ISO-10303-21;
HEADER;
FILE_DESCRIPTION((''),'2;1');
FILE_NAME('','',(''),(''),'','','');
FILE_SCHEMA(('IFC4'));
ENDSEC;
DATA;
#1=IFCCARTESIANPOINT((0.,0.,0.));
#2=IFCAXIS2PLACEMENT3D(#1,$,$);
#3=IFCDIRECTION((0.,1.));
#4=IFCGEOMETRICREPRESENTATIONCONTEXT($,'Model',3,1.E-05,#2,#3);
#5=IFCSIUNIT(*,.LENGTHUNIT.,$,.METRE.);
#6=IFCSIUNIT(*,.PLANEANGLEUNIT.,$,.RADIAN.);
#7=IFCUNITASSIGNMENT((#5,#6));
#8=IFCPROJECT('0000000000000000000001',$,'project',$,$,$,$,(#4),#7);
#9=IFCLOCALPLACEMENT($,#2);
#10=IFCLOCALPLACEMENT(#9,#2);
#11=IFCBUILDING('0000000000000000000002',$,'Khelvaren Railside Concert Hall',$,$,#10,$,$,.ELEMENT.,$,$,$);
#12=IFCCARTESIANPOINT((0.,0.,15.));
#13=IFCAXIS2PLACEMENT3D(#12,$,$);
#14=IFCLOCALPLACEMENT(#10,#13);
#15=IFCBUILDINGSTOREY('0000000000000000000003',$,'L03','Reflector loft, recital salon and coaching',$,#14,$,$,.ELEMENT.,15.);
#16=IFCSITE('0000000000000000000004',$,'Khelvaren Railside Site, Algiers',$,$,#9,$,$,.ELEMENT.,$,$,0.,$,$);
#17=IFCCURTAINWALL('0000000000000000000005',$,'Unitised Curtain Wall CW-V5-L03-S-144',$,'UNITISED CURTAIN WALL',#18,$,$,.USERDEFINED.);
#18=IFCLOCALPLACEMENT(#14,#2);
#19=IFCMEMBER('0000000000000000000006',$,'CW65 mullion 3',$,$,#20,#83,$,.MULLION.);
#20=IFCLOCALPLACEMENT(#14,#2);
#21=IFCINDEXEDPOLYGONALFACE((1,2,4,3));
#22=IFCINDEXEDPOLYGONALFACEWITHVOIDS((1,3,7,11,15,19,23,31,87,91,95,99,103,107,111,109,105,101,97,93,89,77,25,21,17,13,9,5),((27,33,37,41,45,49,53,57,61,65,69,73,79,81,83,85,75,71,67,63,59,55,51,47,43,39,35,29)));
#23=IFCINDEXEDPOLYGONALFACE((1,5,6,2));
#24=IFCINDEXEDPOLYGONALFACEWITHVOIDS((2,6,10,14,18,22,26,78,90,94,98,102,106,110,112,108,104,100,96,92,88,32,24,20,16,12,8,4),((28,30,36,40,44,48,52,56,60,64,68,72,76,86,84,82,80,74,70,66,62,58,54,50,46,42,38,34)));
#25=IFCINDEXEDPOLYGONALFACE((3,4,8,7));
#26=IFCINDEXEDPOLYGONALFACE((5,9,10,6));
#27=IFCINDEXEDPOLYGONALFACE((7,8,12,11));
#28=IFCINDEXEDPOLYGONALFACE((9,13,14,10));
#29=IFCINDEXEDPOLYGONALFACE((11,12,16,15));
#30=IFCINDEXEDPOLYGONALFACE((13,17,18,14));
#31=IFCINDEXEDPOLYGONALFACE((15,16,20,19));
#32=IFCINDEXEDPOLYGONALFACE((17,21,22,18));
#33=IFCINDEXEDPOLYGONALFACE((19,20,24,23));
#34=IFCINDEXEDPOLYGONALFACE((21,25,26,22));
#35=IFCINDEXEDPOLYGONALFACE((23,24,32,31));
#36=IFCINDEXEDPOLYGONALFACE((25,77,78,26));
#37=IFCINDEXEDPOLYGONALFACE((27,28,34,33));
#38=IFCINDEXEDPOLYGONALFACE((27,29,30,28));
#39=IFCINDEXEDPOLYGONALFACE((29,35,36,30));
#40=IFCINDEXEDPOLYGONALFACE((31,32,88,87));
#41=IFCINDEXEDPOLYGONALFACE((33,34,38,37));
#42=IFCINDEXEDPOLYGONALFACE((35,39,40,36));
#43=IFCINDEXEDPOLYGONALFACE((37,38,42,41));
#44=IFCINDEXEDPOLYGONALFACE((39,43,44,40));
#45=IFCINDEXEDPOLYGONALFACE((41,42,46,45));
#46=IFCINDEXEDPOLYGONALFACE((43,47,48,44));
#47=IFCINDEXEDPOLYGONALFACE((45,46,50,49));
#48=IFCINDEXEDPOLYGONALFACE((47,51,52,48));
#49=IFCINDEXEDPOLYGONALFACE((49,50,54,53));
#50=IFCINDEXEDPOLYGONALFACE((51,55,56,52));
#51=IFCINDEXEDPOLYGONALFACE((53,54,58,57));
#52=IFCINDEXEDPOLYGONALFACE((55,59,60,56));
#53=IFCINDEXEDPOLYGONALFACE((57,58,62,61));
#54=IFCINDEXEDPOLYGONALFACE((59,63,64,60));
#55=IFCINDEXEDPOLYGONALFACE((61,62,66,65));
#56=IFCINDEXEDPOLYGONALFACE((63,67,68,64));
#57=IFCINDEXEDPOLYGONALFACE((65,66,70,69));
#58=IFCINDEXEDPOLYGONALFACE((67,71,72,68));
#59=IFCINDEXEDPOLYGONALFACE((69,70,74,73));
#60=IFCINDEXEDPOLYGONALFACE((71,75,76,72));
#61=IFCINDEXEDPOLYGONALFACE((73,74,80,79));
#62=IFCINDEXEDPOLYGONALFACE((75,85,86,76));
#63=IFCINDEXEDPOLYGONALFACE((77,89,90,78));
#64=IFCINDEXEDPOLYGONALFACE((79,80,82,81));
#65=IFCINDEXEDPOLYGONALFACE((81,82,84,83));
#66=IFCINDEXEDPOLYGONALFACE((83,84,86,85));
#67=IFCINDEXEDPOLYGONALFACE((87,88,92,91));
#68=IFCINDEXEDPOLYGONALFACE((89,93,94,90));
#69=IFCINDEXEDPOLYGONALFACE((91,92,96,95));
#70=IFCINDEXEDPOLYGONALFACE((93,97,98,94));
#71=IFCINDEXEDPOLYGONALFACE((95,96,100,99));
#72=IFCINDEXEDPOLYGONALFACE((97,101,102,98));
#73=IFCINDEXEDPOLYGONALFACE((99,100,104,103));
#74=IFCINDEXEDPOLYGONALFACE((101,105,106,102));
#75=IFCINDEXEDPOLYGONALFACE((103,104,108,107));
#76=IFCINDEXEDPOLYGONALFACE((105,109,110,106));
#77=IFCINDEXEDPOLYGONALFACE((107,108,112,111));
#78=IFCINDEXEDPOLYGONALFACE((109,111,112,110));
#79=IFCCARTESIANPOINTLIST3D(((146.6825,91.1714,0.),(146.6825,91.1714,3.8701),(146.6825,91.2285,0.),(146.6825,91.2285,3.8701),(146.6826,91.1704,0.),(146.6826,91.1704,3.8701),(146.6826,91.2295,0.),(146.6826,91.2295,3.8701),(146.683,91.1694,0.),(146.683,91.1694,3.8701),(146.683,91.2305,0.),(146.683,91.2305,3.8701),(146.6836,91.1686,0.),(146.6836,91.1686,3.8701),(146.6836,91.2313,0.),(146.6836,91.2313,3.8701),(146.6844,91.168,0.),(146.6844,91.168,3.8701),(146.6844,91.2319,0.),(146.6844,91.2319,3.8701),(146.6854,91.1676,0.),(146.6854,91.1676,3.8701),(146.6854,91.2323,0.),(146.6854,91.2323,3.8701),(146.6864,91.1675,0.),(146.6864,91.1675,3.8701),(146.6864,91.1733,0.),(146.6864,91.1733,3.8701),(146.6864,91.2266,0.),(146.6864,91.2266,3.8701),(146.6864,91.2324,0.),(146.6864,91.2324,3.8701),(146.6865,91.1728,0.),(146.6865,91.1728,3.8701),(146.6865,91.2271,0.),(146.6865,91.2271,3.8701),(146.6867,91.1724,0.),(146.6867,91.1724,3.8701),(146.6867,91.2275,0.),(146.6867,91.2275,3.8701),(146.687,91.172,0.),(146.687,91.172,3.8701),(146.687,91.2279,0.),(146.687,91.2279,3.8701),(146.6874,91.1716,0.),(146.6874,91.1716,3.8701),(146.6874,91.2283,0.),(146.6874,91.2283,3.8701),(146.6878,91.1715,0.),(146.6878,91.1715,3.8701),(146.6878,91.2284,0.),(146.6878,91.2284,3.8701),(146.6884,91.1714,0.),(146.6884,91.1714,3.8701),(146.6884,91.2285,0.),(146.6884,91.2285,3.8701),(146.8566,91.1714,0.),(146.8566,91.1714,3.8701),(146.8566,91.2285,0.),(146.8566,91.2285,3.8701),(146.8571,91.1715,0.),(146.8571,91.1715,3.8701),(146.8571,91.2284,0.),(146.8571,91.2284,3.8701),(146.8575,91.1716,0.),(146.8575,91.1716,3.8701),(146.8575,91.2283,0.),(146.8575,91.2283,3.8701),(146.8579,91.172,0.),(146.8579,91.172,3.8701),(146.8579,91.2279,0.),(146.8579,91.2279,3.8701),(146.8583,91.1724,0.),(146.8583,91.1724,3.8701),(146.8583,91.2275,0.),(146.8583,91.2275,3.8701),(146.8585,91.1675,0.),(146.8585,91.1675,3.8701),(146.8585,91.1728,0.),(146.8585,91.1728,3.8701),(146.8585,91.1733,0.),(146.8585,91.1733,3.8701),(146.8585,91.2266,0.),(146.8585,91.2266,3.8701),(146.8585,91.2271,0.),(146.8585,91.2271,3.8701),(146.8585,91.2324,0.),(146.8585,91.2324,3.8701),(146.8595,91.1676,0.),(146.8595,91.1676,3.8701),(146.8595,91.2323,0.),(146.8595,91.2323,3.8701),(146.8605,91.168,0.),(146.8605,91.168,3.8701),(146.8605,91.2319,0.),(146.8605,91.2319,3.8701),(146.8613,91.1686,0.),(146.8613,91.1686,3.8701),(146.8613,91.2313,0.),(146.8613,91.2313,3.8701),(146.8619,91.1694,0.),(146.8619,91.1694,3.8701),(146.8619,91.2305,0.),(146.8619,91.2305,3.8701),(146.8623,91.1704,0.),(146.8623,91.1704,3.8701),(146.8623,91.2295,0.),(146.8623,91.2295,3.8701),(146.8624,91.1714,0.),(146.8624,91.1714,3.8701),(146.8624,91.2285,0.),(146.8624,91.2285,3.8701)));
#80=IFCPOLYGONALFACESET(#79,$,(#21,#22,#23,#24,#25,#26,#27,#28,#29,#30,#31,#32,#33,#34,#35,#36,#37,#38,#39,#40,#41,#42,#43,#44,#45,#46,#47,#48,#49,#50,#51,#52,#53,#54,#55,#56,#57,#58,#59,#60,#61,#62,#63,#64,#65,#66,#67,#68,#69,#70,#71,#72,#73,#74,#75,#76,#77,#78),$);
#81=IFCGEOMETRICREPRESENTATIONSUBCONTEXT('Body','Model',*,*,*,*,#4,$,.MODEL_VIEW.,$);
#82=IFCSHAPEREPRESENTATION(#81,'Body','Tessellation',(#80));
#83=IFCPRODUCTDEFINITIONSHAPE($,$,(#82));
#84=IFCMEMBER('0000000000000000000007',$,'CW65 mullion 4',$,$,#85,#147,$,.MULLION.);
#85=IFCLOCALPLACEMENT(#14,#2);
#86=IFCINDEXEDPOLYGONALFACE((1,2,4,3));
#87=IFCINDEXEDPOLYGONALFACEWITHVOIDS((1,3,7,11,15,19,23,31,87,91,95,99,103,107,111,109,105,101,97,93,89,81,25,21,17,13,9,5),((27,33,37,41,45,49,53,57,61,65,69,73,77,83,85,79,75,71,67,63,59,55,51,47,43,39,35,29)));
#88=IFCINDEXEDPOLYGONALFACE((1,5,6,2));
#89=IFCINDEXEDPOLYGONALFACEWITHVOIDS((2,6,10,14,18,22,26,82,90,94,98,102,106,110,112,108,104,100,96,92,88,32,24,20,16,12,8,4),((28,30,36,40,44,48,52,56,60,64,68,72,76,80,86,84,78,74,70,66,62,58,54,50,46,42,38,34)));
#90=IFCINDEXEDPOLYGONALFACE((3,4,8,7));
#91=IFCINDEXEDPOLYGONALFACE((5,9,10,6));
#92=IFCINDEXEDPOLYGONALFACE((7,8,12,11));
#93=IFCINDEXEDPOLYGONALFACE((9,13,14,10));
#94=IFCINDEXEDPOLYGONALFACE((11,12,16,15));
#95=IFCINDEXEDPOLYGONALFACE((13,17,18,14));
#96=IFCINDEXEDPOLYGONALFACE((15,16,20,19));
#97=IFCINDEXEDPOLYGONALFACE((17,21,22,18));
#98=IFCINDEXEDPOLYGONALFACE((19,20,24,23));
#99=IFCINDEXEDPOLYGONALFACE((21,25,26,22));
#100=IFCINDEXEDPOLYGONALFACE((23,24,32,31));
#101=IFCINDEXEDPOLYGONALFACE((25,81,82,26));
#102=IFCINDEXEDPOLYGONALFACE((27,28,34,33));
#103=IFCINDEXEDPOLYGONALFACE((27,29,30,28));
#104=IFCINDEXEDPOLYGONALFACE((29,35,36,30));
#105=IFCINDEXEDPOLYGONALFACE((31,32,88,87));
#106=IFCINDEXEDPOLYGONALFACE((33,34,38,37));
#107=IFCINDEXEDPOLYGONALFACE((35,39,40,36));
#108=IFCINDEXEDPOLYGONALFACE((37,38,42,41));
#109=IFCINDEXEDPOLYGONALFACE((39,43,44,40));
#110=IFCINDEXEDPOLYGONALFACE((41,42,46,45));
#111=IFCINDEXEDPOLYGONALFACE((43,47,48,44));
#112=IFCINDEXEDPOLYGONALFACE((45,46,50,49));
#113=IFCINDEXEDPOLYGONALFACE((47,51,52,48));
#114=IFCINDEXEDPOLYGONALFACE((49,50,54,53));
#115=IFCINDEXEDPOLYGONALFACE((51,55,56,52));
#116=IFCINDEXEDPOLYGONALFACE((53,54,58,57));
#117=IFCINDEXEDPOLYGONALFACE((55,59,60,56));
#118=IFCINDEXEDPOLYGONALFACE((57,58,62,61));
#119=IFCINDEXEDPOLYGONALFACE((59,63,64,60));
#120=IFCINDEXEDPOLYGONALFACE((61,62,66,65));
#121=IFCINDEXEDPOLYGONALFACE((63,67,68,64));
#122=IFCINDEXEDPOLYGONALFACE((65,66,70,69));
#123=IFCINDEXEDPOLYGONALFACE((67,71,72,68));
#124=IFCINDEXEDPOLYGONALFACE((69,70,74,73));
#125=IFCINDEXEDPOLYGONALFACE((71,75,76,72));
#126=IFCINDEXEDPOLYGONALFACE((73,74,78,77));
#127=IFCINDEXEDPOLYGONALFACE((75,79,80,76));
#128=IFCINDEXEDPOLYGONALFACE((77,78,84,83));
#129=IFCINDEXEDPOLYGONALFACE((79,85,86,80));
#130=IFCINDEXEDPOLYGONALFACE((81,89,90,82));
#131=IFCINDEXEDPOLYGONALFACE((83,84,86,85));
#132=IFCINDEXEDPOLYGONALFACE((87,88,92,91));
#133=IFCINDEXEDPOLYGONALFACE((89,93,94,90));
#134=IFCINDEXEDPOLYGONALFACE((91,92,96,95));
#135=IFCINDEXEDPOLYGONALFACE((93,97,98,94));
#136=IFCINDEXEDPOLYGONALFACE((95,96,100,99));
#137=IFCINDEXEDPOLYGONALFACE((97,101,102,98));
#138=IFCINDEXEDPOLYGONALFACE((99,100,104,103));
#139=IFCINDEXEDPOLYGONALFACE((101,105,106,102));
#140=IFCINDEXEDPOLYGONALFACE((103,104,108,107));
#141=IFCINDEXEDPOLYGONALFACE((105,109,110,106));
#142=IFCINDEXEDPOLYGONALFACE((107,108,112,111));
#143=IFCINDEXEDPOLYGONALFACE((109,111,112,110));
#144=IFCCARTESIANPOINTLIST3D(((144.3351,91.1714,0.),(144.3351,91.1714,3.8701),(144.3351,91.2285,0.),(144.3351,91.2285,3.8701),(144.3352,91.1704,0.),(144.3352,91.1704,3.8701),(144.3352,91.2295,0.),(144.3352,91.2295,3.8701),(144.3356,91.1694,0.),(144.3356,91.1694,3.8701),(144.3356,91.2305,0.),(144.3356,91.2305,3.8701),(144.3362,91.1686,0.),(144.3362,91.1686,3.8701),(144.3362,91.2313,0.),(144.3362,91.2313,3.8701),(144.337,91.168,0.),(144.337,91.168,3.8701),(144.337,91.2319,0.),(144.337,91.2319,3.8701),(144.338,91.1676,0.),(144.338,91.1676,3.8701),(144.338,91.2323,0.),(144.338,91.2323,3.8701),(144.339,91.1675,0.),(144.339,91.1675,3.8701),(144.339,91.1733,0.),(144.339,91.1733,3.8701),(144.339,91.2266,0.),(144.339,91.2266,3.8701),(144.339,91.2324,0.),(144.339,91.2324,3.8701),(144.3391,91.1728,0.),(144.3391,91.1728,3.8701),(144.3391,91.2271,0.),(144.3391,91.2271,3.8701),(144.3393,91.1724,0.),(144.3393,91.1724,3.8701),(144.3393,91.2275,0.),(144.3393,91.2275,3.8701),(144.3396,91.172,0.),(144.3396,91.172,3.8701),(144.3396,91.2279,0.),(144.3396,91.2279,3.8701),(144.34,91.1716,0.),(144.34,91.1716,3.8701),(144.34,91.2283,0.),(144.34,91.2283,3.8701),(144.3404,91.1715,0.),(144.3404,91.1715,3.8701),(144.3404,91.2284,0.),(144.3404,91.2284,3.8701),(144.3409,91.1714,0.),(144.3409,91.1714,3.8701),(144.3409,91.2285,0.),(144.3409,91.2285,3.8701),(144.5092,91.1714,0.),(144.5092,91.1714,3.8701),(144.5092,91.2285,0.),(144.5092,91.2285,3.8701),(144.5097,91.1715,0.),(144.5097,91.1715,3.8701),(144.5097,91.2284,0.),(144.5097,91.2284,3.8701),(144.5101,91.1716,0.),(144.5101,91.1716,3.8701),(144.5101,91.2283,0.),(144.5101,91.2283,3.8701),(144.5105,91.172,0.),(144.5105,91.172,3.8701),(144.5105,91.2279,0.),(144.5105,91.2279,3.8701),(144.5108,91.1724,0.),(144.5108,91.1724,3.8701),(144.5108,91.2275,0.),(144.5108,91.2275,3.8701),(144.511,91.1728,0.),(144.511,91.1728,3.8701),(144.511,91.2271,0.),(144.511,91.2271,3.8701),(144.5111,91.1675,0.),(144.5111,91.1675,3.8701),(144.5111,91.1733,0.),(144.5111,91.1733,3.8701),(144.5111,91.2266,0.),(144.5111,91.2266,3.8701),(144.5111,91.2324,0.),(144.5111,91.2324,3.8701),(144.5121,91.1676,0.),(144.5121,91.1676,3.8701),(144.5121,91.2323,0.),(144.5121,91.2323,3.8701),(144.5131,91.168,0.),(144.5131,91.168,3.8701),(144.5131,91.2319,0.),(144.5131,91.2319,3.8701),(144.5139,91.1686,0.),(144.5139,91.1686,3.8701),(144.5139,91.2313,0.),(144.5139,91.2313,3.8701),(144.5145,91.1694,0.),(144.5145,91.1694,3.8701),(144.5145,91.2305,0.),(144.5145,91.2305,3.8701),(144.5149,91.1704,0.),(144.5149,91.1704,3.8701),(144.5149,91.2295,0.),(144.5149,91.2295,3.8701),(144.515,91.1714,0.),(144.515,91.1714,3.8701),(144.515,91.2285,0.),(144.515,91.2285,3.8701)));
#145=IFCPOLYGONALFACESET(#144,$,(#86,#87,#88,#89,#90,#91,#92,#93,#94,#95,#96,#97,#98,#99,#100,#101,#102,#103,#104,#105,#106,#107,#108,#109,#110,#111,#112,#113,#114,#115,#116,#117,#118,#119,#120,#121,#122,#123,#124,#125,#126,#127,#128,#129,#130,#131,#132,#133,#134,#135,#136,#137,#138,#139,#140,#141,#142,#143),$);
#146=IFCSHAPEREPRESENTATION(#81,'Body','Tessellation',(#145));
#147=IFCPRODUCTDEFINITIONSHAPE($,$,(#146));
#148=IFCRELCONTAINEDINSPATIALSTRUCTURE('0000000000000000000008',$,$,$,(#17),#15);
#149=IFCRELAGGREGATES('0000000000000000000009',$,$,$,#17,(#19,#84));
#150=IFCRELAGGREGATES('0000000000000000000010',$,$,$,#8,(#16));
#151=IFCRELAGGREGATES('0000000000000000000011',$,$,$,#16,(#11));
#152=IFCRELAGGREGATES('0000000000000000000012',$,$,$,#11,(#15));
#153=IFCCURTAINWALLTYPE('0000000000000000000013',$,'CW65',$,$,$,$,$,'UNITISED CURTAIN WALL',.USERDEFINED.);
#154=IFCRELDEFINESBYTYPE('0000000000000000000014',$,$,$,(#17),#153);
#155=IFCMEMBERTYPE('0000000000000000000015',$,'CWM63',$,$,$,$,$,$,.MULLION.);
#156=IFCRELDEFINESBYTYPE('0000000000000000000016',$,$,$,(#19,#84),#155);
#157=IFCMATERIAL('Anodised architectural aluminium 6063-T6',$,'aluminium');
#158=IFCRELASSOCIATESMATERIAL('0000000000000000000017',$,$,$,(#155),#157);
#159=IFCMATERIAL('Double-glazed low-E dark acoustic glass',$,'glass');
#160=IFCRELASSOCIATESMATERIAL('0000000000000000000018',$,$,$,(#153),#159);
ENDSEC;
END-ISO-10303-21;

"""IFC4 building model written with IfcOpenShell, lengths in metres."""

from ifc_helpers import new_model, si_unit, direction, frame, origin, origin_2d, place, context, subcontext, project, spatial, hollow_rectangle, extrude, material, material_profile, profile_set, type_object, element, aggregate, save


model = new_model("IFC4")

# Units and contexts
model_context = context("Model", 3, precision=1e-05, world=origin(), true_north=direction((0.0, 1.0)))
body_context = subcontext(model_context, "Body", "Model", "MODEL_VIEW")
ifc_project = project(units=[si_unit("LENGTHUNIT", "METRE"), si_unit("PLANEANGLEUNIT", "RADIAN")], contexts=[model_context])

# Site, building, storey
site_placement = place(None, origin())
site = spatial("IfcSite", under=ifc_project, at=site_placement, Name="Khelvaren Railside Site, Algiers", CompositionType="ELEMENT", RefElevation=0.0)
building_placement = place(site_placement, origin())
building = spatial("IfcBuilding", under=site, at=building_placement, Name="Khelvaren Railside Concert Hall", CompositionType="ELEMENT")
storey_placement = place(building_placement, frame((0.0, 0.0, 15.0)))
storey = spatial("IfcBuildingStorey", under=building, at=storey_placement, Name="L03", Description="Reflector loft, recital salon and coaching", CompositionType="ELEMENT", Elevation=15.0)

# Shared definitions
ifc_material_1 = material(Name="Double-glazed low-E dark acoustic glass", Category="glass")
ifc_material_2 = material(Name="Anodised architectural aluminium 6063-T6", Category="aluminium")
ifc_material_profile_1 = material_profile(ifc_material_2, hollow_rectangle(XDim=0.0649, YDim=0.1799, WallThickness=0.0039, InnerFilletRadius=0.002, OuterFilletRadius=0.0039, at=origin_2d()), Name="CWM 65x180x4")
ifc_profile_set_1 = profile_set([ifc_material_profile_1], Name="Anodised architectural aluminium 6063-T6")
member_type_1 = type_object("IfcMemberType", Name="CWM63", PredefinedType="MULLION", material=ifc_profile_set_1)

# Curtain wall, members
curtain_wall_type_1 = type_object("IfcCurtainWallType", Name="CW65", ElementType="UNITISED CURTAIN WALL", PredefinedType="USERDEFINED", material=ifc_material_1)
curtain_wall_1_placement = place(storey_placement, origin())
curtain_wall_1 = element("IfcCurtainWall", 1, at=curtain_wall_1_placement, inside=storey, type_object=curtain_wall_type_1, Name="Unitised Curtain Wall CW-V5-L03-S-144", ObjectType="UNITISED CURTAIN WALL", PredefinedType="USERDEFINED")
member_1_placement = place(storey_placement, frame((146.7725, 91.2, 0.0), z_axis=(0.0, 0.0, 1.0), x_axis=(0.0, -1.0, 0.0)))
member_1 = element("IfcMember", 2, at=member_1_placement, type_object=member_type_1, Name="CW65 mullion 3", PredefinedType="MULLION", context=body_context, shape_type="SweptSolid", body=[
    extrude(hollow_rectangle(XDim=0.0649, YDim=0.1799, WallThickness=0.0039, InnerFilletRadius=0.002, OuterFilletRadius=0.0039, at=origin_2d()), origin(), (0.0, 0.0, 1.0), 3.8701),
])
member_2_placement = place(storey_placement, frame((144.425, 91.2, 0.0), z_axis=(0.0, 0.0, 1.0), x_axis=(0.0, -1.0, 0.0)))
member_2 = element("IfcMember", 3, at=member_2_placement, type_object=member_type_1, Name="CW65 mullion 4", PredefinedType="MULLION", context=body_context, shape_type="SweptSolid", body=[
    extrude(hollow_rectangle(XDim=0.0649, YDim=0.1799, WallThickness=0.0039, InnerFilletRadius=0.002, OuterFilletRadius=0.0039, at=origin_2d()), origin(), (0.0, 0.0, 1.0), 3.8701),
])

aggregate(curtain_wall_1, [member_1, member_2])

save(model, "model.ifc")
